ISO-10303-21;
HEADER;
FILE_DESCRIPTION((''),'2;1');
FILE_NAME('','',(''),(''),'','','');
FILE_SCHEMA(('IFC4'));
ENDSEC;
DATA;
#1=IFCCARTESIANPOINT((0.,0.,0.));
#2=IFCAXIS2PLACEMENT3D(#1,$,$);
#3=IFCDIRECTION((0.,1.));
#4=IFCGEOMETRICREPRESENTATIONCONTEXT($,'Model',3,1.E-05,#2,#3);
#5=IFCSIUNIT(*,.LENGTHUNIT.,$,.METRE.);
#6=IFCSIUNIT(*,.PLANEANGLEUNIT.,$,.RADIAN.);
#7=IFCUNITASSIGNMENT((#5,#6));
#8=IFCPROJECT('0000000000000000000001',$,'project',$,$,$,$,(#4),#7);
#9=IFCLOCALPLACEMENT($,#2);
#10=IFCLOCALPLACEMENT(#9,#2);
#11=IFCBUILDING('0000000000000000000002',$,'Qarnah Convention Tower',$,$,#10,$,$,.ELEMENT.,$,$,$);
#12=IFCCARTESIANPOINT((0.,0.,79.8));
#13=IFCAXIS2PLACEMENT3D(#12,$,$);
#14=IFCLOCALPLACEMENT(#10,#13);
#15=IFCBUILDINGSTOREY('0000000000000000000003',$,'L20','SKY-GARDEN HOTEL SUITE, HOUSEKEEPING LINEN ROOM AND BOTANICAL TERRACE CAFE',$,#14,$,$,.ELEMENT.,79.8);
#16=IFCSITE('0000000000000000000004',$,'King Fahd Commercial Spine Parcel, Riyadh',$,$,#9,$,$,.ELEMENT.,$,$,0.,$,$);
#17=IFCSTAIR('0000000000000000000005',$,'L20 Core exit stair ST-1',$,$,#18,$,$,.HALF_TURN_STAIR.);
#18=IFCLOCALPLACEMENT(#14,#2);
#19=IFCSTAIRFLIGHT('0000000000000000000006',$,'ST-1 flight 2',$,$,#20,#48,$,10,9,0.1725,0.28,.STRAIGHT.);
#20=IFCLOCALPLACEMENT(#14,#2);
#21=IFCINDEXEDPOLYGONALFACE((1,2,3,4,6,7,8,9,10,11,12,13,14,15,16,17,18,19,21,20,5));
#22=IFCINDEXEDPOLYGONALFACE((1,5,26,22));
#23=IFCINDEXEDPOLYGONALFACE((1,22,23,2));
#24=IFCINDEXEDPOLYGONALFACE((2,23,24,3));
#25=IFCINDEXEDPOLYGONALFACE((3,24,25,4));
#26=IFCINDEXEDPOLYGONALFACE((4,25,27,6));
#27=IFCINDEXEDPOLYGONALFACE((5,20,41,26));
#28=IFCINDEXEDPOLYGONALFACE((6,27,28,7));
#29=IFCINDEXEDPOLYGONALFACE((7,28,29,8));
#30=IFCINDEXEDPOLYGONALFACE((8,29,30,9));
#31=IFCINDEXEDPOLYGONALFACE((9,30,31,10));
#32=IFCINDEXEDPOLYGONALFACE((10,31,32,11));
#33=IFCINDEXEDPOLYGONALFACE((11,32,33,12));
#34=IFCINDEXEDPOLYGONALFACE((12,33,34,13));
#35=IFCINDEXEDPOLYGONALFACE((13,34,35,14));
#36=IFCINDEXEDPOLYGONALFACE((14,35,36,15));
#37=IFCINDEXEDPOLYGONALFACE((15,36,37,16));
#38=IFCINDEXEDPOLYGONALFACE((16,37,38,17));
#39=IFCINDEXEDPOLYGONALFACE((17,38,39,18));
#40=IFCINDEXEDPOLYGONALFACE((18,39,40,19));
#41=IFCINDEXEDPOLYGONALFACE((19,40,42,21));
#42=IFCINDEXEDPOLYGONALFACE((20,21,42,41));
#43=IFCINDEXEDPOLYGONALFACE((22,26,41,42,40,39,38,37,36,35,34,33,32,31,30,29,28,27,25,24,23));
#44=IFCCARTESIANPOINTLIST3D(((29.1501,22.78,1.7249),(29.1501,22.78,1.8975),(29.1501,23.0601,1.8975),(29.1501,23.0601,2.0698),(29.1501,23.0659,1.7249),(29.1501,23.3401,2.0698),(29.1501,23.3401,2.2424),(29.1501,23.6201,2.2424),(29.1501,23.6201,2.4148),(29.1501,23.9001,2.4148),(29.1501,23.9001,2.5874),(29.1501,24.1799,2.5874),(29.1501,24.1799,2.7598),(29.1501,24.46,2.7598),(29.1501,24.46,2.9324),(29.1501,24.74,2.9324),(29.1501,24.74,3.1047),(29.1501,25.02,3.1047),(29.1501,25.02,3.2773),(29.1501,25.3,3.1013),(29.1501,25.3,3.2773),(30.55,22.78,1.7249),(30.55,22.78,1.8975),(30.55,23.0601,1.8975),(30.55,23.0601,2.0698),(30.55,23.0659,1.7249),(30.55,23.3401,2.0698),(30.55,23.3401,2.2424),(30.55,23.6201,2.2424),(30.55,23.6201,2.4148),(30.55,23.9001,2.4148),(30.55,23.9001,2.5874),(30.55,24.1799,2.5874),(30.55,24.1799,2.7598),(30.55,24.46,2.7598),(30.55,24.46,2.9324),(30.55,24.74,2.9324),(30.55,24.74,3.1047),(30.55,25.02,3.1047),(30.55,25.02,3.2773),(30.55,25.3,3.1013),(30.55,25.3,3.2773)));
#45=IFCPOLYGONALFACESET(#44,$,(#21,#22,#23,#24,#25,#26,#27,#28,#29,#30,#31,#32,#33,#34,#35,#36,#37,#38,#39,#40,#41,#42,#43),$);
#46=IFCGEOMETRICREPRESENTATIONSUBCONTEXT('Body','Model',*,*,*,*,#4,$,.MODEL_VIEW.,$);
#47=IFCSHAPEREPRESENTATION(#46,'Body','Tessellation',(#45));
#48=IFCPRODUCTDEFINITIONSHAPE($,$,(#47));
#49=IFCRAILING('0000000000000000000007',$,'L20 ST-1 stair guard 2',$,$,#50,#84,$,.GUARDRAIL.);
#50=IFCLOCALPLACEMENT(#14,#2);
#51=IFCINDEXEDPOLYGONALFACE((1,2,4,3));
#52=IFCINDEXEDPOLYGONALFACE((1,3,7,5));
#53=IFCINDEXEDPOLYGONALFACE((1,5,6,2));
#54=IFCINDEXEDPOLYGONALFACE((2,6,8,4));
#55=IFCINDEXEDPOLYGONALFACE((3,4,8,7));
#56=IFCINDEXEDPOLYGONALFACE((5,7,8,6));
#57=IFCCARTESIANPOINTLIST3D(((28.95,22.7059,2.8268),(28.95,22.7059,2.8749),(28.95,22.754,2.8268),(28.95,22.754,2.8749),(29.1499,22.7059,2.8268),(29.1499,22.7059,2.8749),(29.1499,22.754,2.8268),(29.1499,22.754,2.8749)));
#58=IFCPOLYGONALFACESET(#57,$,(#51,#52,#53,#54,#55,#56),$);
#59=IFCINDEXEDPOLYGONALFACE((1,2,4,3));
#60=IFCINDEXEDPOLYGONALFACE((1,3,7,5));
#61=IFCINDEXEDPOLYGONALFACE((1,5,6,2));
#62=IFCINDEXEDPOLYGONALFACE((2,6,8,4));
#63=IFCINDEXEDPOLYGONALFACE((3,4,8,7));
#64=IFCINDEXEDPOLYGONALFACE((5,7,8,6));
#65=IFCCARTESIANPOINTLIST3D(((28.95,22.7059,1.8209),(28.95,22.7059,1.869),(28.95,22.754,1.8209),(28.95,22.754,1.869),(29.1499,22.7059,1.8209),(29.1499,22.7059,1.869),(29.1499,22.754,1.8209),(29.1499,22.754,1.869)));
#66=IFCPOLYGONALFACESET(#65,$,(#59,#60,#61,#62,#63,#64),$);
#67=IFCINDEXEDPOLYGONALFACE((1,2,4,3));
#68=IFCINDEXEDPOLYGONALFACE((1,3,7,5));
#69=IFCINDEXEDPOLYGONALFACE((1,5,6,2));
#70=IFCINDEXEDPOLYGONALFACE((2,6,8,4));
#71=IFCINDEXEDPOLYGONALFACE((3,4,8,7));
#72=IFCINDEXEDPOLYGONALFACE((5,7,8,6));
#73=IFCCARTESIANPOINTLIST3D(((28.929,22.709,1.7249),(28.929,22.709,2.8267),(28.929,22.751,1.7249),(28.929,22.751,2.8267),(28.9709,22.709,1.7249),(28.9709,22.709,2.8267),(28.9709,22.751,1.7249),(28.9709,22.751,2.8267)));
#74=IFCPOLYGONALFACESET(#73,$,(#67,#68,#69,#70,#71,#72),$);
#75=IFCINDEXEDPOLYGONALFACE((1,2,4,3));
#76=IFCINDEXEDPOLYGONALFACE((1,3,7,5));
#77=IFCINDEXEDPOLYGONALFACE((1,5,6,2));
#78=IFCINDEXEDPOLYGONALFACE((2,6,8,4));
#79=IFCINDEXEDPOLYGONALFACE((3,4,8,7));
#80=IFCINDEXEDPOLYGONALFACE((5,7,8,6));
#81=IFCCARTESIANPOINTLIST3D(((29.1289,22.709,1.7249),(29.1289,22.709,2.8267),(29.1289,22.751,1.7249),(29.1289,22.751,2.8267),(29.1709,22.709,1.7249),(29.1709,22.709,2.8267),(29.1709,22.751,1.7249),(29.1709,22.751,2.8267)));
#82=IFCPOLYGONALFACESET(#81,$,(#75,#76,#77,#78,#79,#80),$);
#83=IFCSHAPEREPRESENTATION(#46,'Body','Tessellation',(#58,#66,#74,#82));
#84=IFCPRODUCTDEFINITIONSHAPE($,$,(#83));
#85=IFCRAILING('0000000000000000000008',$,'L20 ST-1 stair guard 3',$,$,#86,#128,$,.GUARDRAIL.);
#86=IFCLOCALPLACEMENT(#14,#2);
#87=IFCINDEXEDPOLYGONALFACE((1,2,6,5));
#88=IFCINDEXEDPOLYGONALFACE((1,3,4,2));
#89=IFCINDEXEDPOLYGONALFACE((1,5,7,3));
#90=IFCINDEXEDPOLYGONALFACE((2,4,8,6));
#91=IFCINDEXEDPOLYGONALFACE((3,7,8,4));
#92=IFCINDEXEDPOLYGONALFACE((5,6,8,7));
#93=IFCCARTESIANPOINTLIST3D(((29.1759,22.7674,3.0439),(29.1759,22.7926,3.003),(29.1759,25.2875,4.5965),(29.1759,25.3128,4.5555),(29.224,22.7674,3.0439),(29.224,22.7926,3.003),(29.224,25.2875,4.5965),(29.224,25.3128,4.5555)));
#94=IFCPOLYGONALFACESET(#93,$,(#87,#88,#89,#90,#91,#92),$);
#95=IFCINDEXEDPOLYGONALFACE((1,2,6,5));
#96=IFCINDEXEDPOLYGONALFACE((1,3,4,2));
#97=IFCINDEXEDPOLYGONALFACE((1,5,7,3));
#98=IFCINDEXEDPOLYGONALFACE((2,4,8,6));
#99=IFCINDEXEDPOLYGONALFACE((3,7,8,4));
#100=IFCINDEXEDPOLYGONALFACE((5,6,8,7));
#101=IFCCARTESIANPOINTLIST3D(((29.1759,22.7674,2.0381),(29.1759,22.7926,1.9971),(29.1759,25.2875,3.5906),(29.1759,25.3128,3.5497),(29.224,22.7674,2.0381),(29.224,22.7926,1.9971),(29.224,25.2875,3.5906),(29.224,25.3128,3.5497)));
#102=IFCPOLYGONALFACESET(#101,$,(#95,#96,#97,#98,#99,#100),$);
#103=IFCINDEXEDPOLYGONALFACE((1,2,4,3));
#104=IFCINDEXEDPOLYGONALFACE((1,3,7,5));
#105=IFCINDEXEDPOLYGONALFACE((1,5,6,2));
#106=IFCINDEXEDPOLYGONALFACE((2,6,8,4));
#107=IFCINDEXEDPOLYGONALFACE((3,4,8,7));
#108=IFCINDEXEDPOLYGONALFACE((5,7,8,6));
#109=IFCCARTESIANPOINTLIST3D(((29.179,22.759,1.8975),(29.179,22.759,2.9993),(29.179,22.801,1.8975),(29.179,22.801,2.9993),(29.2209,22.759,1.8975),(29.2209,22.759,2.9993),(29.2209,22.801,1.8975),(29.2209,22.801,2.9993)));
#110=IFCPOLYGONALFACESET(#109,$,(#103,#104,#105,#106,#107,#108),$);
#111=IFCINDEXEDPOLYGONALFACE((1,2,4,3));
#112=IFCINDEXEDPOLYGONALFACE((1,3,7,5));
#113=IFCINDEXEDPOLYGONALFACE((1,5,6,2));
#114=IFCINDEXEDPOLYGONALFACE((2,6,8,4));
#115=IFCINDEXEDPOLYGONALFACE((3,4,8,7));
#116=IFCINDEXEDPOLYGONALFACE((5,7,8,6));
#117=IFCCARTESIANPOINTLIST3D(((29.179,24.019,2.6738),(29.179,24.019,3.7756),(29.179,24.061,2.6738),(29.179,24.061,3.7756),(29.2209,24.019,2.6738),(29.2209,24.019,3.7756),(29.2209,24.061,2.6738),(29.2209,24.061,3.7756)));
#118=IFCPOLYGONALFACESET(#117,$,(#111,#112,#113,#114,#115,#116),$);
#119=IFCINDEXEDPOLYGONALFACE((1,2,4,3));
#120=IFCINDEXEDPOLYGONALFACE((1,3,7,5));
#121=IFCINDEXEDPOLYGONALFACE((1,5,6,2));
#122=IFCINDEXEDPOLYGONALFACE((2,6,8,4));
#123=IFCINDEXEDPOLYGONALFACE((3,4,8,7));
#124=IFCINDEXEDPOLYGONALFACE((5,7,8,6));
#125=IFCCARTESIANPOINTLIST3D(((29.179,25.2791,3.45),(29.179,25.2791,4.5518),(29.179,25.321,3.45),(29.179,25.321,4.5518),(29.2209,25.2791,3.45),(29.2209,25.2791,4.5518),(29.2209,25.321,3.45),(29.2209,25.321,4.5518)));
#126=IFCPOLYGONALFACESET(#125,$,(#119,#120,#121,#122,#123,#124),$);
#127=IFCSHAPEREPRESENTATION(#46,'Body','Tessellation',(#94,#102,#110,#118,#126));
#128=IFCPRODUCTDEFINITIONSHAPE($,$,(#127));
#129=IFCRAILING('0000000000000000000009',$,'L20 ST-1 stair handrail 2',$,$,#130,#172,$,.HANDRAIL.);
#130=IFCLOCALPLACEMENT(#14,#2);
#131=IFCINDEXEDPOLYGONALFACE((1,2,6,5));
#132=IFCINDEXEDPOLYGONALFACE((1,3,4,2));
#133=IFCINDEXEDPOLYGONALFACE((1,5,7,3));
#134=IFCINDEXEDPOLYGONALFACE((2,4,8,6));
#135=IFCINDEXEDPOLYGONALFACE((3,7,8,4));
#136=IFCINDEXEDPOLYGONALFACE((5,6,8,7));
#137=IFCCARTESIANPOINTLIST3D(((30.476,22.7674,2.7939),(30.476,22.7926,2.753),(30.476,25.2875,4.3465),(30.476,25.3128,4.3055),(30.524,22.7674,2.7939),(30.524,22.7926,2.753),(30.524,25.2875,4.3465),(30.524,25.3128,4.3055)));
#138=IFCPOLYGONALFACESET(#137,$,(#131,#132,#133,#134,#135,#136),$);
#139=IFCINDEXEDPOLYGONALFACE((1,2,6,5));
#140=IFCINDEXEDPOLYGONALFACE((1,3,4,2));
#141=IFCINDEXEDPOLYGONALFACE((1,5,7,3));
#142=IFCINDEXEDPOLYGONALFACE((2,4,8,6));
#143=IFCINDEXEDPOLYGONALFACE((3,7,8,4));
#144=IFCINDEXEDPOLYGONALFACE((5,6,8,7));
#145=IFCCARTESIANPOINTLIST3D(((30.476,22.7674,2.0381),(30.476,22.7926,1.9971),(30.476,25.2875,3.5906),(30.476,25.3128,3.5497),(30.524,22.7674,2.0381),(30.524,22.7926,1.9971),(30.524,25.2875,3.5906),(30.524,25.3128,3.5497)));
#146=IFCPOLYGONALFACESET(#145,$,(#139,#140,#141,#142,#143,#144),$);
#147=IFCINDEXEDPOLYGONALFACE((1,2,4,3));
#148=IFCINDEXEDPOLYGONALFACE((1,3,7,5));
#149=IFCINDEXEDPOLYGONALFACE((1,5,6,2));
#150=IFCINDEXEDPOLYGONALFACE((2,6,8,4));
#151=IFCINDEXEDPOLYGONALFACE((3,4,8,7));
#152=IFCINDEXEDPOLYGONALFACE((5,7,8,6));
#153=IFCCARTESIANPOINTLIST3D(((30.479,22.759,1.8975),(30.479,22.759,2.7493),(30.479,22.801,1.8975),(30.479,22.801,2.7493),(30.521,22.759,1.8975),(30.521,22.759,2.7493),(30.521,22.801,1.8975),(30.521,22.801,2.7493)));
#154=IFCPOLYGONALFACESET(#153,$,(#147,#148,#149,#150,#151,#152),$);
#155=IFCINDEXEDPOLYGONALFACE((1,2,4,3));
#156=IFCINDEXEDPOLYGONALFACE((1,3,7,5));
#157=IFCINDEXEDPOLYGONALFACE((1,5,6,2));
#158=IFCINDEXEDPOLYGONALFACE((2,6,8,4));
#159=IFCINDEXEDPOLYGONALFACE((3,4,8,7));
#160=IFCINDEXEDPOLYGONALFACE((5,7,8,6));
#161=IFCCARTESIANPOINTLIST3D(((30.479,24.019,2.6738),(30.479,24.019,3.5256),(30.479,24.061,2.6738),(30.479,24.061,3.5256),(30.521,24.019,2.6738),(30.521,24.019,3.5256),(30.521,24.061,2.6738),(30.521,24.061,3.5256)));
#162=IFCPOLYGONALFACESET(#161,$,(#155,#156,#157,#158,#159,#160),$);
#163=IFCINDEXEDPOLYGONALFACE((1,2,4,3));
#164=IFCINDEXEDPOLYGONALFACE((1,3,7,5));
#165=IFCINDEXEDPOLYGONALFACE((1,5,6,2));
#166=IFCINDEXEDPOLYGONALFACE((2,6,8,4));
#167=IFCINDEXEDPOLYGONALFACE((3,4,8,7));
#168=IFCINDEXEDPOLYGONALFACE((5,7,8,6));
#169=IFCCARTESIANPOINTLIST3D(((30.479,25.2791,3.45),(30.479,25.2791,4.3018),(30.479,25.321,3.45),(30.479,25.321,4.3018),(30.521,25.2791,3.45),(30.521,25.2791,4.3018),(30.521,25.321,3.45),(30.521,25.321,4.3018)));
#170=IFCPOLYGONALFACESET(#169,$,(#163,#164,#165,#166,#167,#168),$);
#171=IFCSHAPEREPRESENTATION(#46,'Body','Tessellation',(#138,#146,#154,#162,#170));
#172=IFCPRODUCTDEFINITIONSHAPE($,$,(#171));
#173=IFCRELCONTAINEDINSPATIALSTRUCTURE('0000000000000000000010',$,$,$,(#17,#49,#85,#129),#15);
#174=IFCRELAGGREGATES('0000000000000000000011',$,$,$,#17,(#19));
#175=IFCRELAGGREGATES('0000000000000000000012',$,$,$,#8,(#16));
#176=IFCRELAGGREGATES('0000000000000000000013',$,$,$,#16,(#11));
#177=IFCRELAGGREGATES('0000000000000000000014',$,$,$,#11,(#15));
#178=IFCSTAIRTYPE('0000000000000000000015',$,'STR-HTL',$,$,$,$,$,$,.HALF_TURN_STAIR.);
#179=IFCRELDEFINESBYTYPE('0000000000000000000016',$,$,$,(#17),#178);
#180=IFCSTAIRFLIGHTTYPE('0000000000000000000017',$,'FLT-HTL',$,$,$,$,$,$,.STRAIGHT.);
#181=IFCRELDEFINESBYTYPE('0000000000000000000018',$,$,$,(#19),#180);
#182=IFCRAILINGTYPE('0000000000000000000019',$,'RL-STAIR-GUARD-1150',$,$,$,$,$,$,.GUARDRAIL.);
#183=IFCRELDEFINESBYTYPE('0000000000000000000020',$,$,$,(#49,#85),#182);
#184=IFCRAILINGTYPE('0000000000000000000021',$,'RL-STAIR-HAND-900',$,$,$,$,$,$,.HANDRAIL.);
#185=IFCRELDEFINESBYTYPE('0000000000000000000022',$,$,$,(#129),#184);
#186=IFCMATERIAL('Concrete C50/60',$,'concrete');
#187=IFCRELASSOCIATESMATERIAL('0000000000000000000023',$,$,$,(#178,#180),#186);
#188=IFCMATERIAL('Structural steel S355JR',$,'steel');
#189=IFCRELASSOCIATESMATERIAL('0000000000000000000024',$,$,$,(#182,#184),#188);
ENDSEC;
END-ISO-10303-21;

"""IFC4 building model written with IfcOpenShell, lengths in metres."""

from ifc_helpers import new_model, si_unit, direction, frame, origin, origin_2d, place, context, subcontext, project, spatial, polyline, rectangle, outline, extrude, material, type_object, element, aggregate, save


model = new_model("IFC4")

# Units and contexts
model_context = context("Model", 3, precision=1e-05, world=origin(), true_north=direction((0.0, 1.0)))
body_context = subcontext(model_context, "Body", "Model", "MODEL_VIEW")
ifc_project = project(units=[si_unit("LENGTHUNIT", "METRE"), si_unit("PLANEANGLEUNIT", "RADIAN")], contexts=[model_context])

# Site, building, storey
site_placement = place(None, origin())
site = spatial("IfcSite", under=ifc_project, at=site_placement, Name="King Fahd Commercial Spine Parcel, Riyadh", CompositionType="ELEMENT", RefElevation=0.0)
building_placement = place(site_placement, origin())
building = spatial("IfcBuilding", under=site, at=building_placement, Name="Qarnah Convention Tower", CompositionType="ELEMENT")
storey_placement = place(building_placement, frame((0.0, 0.0, 79.8)))
storey = spatial("IfcBuildingStorey", under=building, at=storey_placement, Name="L20", Description="SKY-GARDEN HOTEL SUITE, HOUSEKEEPING LINEN ROOM AND BOTANICAL TERRACE CAFE", CompositionType="ELEMENT", Elevation=79.8)

# Shared definitions
ifc_material_1 = material(Name="Structural steel S355JR", Category="steel")

# Stair, stair flight
ifc_material_2 = material(Name="Concrete C50/60", Category="concrete")
stair_type = type_object("IfcStairType", Name="STR-HTL", PredefinedType="HALF_TURN_STAIR", material=ifc_material_2)
stair_placement = place(storey_placement, origin())
stair = element("IfcStair", 1, at=stair_placement, inside=storey, type_object=stair_type, Name="L20 Core exit stair ST-1", PredefinedType="HALF_TURN_STAIR")
stair_flight_type = type_object("IfcStairFlightType", Name="FLT-HTL", PredefinedType="STRAIGHT", material=ifc_material_2)
stair_flight_placement = place(storey_placement, frame((29.8501, 22.78, 1.7249), z_axis=(0.0, 0.0, 1.0), x_axis=(0.0, 1.0, 0.0)))
stair_flight = element("IfcStairFlight", 2, at=stair_flight_placement, type_object=stair_flight_type, Name="ST-1 flight 2", NumberOfRisers=10, NumberOfTreads=9, PredefinedType="STRAIGHT", RiserHeight=0.1725, TreadLength=0.28, context=body_context, shape_type="SweptSolid", body=[
    extrude(outline(polyline([(0.0, 0.0), (0.0, 0.1726), (0.28, 0.1726), (0.28, 0.345), (0.5601, 0.345), (0.5601, 0.5176), (0.8401, 0.5176), (0.8401, 0.6899), (1.1201, 0.6899), (1.1201, 0.8625), (1.3999, 0.8625), (1.3999, 1.0349), (1.6799, 1.0349), (1.6799, 1.2075), (1.96, 1.2075), (1.96, 1.3799), (2.24, 1.3799), (2.24, 1.5525), (2.52, 1.5525), (2.52, 1.7251), (2.52, 1.3765), (0.2859, 0.0), (0.0, 0.0)])), frame((0.0, 0.7, 0.0), z_axis=(0.0, -1.0, 0.0), x_axis=(1.0, 0.0, 0.0)), (0.0, 0.0, 1.0), 1.3999),
])
aggregate(stair, [stair_flight])

# Railings
railing_type_1 = type_object("IfcRailingType", Name="RL-STAIR-GUARD-1150", PredefinedType="GUARDRAIL", material=ifc_material_1)
railing_1_placement = place(storey_placement, frame((28.95, 22.73, 1.7249)))
element("IfcRailing", 3, at=railing_1_placement, inside=storey, type_object=railing_type_1, Name="L20 ST-1 stair guard 2", PredefinedType="GUARDRAIL", context=body_context, shape_type="SweptSolid", body=[
    extrude(rectangle(XDim=0.0481, YDim=0.0481, at=origin_2d()), frame((0.0, 0.0, 1.126), z_axis=(1.0, 0.0, 0.0), x_axis=(0.0, 1.0, 0.0)), (0.0, 0.0, 1.0), 0.2),
    extrude(rectangle(XDim=0.0481, YDim=0.0481, at=origin_2d()), frame((0.0, 0.0, 0.1201), z_axis=(1.0, 0.0, 0.0), x_axis=(0.0, 1.0, 0.0)), (0.0, 0.0, 1.0), 0.2),
    extrude(rectangle(XDim=0.042, YDim=0.042, at=origin_2d()), origin(), (0.0, 0.0, 1.0), 1.1018),
    extrude(rectangle(XDim=0.042, YDim=0.042, at=origin_2d()), frame((0.2, 0.0, 0.0)), (0.0, 0.0, 1.0), 1.1018),
])
railing_2_placement = place(storey_placement, frame((29.2, 22.78, 1.8975)))
element("IfcRailing", 4, at=railing_2_placement, inside=storey, type_object=railing_type_1, Name="L20 ST-1 stair guard 3", PredefinedType="GUARDRAIL", context=body_context, shape_type="SweptSolid", body=[
    extrude(rectangle(XDim=0.0481, YDim=0.0481, at=origin_2d()), frame((0.0, 0.0, 1.126), z_axis=(0.0, 0.8514, 0.524516), x_axis=(-1.0, 0.0, 0.0)), (0.0, 0.0, 1.0), 2.96),
    extrude(rectangle(XDim=0.0481, YDim=0.0481, at=origin_2d()), frame((0.0, 0.0, 0.1201), z_axis=(0.0, 0.8514, 0.524516), x_axis=(-1.0, 0.0, 0.0)), (0.0, 0.0, 1.0), 2.96),
    extrude(rectangle(XDim=0.042, YDim=0.042, at=origin_2d()), origin(), (0.0, 0.0, 1.0), 1.1018),
    extrude(rectangle(XDim=0.042, YDim=0.042, at=origin_2d()), frame((0.0, 1.26, 0.7764)), (0.0, 0.0, 1.0), 1.1018),
    extrude(rectangle(XDim=0.042, YDim=0.042, at=origin_2d()), frame((0.0, 2.52, 1.5525)), (0.0, 0.0, 1.0), 1.1018),
])
railing_type_2 = type_object("IfcRailingType", Name="RL-STAIR-HAND-900", PredefinedType="HANDRAIL", material=ifc_material_1)
railing_3_placement = place(storey_placement, frame((30.5, 22.78, 1.8975)))
element("IfcRailing", 5, at=railing_3_placement, inside=storey, type_object=railing_type_2, Name="L20 ST-1 stair handrail 2", PredefinedType="HANDRAIL", context=body_context, shape_type="SweptSolid", body=[
    extrude(rectangle(XDim=0.0481, YDim=0.0481, at=origin_2d()), frame((0.0, 0.0, 0.876), z_axis=(0.0, 0.8514, 0.524516), x_axis=(-1.0, 0.0, 0.0)), (0.0, 0.0, 1.0), 2.96),
    extrude(rectangle(XDim=0.0481, YDim=0.0481, at=origin_2d()), frame((0.0, 0.0, 0.1201), z_axis=(0.0, 0.8514, 0.524516), x_axis=(-1.0, 0.0, 0.0)), (0.0, 0.0, 1.0), 2.96),
    extrude(rectangle(XDim=0.042, YDim=0.042, at=origin_2d()), origin(), (0.0, 0.0, 1.0), 0.8518),
    extrude(rectangle(XDim=0.042, YDim=0.042, at=origin_2d()), frame((0.0, 1.26, 0.7764)), (0.0, 0.0, 1.0), 0.8518),
    extrude(rectangle(XDim=0.042, YDim=0.042, at=origin_2d()), frame((0.0, 2.52, 1.5525)), (0.0, 0.0, 1.0), 0.8518),
])

save(model, "model.ifc")
